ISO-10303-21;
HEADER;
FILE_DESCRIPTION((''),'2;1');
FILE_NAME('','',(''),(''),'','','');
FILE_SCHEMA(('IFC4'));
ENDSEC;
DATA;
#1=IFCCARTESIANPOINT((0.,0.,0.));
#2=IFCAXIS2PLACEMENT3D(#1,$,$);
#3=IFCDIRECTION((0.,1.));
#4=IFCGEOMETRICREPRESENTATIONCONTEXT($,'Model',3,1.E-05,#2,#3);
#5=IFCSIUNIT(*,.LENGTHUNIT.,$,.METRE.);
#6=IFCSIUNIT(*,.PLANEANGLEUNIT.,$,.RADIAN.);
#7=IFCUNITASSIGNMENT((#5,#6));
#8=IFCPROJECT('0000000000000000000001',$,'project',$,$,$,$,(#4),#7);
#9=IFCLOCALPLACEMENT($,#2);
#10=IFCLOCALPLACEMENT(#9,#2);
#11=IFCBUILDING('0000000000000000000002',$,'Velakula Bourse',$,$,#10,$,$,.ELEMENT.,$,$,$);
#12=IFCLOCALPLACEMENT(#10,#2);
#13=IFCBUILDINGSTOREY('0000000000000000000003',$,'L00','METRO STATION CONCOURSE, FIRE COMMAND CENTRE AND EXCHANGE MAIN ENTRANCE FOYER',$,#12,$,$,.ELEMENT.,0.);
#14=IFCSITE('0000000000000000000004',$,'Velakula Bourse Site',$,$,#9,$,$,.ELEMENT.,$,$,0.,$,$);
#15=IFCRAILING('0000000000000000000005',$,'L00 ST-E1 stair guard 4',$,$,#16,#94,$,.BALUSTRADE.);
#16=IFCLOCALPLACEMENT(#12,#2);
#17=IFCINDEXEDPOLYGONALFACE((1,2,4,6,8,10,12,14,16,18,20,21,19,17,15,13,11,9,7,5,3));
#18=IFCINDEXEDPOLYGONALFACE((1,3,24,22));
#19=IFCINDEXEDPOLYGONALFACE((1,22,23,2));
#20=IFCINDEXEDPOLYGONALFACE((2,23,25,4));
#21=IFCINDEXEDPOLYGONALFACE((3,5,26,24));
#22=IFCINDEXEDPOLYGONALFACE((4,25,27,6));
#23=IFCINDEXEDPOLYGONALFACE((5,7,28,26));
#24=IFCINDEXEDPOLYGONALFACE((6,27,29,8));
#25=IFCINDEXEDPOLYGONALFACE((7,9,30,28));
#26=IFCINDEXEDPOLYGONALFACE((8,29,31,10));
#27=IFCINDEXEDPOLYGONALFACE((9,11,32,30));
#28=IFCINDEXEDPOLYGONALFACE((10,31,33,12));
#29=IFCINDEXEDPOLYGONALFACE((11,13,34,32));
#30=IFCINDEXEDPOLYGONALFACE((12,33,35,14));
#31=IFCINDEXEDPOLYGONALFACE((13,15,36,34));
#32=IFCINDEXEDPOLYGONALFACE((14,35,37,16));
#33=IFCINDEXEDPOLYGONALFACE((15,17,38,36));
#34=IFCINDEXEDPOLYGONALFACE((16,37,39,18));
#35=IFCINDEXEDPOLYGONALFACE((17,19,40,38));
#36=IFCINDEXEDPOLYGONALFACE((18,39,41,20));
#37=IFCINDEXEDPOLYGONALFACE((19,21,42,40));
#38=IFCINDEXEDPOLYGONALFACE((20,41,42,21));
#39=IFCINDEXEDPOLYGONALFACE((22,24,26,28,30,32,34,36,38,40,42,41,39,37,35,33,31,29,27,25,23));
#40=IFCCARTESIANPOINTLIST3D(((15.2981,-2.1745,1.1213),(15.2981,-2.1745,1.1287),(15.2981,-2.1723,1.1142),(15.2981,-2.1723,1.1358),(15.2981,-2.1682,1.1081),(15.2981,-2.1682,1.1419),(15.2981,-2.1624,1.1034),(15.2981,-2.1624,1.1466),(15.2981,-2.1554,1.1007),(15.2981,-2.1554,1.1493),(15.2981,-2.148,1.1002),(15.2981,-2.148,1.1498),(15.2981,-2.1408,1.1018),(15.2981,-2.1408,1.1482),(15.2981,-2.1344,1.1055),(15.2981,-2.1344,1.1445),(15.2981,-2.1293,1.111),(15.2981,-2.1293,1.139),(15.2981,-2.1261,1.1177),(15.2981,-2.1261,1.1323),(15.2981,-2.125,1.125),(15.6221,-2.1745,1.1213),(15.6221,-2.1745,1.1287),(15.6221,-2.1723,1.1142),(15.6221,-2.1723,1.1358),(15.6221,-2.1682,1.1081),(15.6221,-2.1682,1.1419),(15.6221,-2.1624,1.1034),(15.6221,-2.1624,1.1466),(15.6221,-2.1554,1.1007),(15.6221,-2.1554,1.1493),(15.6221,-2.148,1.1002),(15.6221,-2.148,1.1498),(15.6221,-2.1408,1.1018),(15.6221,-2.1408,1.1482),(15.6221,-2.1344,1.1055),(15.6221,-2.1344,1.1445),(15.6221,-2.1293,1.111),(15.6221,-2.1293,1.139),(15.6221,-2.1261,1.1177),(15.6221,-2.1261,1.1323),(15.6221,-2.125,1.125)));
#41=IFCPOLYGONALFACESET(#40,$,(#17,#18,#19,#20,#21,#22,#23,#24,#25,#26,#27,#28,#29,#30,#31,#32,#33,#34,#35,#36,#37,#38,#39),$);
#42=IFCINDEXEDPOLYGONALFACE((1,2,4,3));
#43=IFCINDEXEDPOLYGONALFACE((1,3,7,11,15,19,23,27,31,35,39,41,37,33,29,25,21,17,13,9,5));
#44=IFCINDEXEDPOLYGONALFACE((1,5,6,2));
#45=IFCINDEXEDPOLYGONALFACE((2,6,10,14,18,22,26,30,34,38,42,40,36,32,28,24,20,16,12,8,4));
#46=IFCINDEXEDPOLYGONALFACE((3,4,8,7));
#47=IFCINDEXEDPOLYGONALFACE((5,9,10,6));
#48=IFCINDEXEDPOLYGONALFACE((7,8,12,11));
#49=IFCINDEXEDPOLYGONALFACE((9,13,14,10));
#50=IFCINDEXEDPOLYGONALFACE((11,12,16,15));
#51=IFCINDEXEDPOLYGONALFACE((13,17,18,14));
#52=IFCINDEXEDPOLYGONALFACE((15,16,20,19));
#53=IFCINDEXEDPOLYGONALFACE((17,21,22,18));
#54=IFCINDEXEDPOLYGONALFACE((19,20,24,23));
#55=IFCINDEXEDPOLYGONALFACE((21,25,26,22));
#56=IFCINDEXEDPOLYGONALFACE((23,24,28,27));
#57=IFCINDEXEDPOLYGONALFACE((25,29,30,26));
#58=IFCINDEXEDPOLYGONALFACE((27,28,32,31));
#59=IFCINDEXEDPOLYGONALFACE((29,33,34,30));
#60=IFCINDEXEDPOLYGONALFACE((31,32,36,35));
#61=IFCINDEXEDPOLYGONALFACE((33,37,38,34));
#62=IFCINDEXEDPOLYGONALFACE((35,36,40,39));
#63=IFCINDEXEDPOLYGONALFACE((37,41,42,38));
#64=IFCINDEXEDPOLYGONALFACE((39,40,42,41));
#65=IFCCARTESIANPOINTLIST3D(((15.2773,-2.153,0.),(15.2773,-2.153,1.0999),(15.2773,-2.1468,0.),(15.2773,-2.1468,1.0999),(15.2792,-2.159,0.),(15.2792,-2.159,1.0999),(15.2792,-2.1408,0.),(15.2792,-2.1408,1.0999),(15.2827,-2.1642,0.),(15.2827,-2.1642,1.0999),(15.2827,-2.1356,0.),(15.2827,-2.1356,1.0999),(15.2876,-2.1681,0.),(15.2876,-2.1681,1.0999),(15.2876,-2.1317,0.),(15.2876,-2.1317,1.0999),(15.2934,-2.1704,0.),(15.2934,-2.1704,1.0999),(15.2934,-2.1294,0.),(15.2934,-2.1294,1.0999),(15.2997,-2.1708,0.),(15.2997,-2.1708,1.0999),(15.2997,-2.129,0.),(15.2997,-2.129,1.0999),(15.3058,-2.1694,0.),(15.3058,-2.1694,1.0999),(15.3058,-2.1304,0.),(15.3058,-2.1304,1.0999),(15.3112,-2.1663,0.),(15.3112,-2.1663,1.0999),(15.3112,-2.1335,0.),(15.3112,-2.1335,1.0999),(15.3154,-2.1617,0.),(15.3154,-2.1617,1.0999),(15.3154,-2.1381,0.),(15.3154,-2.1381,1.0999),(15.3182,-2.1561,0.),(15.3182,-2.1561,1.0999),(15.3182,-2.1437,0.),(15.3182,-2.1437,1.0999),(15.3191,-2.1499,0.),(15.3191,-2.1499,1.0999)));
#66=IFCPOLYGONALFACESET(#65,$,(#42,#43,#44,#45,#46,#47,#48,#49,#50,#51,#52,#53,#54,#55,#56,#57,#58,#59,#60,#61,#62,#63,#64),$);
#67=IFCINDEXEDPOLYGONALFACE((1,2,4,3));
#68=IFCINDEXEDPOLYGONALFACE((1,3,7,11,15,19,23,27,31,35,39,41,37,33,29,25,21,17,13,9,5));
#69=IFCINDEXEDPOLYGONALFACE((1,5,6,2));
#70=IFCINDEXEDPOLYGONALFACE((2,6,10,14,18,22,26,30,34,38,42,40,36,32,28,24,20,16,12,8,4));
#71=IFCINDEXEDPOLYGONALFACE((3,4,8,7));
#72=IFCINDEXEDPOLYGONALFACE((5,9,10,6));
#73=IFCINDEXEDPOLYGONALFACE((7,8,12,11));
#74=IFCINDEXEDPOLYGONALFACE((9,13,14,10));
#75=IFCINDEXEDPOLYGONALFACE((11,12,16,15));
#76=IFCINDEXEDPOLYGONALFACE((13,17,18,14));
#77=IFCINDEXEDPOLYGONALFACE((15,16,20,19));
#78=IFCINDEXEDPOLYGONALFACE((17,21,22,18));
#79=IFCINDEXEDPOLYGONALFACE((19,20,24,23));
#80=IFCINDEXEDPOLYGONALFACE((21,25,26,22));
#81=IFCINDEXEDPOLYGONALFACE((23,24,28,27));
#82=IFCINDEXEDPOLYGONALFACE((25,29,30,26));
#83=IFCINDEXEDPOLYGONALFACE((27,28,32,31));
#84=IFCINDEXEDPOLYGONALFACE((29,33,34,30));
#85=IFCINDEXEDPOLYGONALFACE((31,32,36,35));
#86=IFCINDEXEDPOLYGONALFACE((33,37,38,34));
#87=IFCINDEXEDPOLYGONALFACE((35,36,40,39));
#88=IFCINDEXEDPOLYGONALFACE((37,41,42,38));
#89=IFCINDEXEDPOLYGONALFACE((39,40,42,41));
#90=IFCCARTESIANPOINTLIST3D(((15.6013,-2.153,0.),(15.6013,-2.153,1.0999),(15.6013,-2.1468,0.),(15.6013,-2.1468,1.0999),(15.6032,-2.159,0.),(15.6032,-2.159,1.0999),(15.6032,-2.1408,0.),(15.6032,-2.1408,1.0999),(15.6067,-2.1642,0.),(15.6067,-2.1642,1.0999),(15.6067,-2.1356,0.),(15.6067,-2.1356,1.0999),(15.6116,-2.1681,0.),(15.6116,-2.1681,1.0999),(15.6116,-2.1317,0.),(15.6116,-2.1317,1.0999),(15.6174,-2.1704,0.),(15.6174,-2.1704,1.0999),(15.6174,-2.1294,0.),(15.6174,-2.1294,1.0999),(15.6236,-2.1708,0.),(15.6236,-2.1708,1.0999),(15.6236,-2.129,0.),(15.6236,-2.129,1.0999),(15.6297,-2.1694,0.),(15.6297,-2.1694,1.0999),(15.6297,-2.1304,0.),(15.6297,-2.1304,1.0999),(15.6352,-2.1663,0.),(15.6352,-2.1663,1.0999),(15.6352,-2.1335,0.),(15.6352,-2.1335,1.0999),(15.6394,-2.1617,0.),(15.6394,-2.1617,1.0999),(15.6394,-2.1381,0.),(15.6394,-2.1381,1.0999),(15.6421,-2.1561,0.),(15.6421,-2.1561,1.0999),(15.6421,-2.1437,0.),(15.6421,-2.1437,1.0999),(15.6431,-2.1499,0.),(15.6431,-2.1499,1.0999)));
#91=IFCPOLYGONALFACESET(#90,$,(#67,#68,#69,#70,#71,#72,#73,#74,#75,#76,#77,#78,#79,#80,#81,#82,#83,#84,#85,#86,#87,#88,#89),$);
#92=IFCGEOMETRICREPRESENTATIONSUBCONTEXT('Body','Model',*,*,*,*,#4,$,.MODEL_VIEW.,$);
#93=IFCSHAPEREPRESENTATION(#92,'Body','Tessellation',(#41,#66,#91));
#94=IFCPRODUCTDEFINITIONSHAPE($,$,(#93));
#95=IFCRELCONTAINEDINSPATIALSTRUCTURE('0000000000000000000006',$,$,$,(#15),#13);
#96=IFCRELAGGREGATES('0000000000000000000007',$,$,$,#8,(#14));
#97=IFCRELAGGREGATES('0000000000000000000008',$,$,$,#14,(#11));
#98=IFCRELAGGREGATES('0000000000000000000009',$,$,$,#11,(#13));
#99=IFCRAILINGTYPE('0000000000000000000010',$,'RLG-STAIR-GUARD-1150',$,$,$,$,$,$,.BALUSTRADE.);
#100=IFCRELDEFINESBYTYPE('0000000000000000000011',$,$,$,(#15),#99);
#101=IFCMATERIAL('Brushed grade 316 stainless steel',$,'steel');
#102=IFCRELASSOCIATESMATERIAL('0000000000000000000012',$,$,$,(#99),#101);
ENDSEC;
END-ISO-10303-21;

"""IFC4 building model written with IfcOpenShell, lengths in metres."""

from ifc_helpers import new_model, si_unit, direction, frame, origin, origin_2d, place, context, subcontext, project, spatial, circle, extrude, material, type_object, element, save


model = new_model("IFC4")

# Units and contexts
model_context = context("Model", 3, precision=1e-05, world=origin(), true_north=direction((0.0, 1.0)))
body_context = subcontext(model_context, "Body", "Model", "MODEL_VIEW")
ifc_project = project(units=[si_unit("LENGTHUNIT", "METRE"), si_unit("PLANEANGLEUNIT", "RADIAN")], contexts=[model_context])

# Site, building, storey
site_placement = place(None, origin())
site = spatial("IfcSite", under=ifc_project, at=site_placement, Name="Velakula Bourse Site", CompositionType="ELEMENT", RefElevation=0.0)
building_placement = place(site_placement, origin())
building = spatial("IfcBuilding", under=site, at=building_placement, Name="Velakula Bourse", CompositionType="ELEMENT")
storey_placement = place(building_placement, origin())
storey = spatial("IfcBuildingStorey", under=building, at=storey_placement, Name="L00", Description="METRO STATION CONCOURSE, FIRE COMMAND CENTRE AND EXCHANGE MAIN ENTRANCE FOYER", CompositionType="ELEMENT", Elevation=0.0)

# Shared definitions
ifc_material_1 = material(Name="Brushed grade 316 stainless steel", Category="steel")

# Railing
railing_type_1 = type_object("IfcRailingType", Name="RLG-STAIR-GUARD-1150", PredefinedType="BALUSTRADE", material=ifc_material_1)
railing_1_placement = place(storey_placement, frame((15.2981, -2.1499, 0.0)))
element("IfcRailing", 1, at=railing_1_placement, inside=storey, type_object=railing_type_1, Name="L00 ST-E1 stair guard 4", PredefinedType="BALUSTRADE", context=body_context, shape_type="SweptSolid", body=[
    extrude(circle(Radius=0.0249, at=origin_2d()), frame((0.0, 0.0, 1.125), z_axis=(1.0, 0.0, 0.0), x_axis=(0.0, 1.0, 0.0)), (0.0, 0.0, 1.0), 0.324),
    extrude(circle(Radius=0.021, at=origin_2d()), origin(), (0.0, 0.0, 1.0), 1.0999),
    extrude(circle(Radius=0.021, at=origin_2d()), frame((0.324, 0.0, 0.0)), (0.0, 0.0, 1.0), 1.0999),
])

save(model, "model.ifc")
